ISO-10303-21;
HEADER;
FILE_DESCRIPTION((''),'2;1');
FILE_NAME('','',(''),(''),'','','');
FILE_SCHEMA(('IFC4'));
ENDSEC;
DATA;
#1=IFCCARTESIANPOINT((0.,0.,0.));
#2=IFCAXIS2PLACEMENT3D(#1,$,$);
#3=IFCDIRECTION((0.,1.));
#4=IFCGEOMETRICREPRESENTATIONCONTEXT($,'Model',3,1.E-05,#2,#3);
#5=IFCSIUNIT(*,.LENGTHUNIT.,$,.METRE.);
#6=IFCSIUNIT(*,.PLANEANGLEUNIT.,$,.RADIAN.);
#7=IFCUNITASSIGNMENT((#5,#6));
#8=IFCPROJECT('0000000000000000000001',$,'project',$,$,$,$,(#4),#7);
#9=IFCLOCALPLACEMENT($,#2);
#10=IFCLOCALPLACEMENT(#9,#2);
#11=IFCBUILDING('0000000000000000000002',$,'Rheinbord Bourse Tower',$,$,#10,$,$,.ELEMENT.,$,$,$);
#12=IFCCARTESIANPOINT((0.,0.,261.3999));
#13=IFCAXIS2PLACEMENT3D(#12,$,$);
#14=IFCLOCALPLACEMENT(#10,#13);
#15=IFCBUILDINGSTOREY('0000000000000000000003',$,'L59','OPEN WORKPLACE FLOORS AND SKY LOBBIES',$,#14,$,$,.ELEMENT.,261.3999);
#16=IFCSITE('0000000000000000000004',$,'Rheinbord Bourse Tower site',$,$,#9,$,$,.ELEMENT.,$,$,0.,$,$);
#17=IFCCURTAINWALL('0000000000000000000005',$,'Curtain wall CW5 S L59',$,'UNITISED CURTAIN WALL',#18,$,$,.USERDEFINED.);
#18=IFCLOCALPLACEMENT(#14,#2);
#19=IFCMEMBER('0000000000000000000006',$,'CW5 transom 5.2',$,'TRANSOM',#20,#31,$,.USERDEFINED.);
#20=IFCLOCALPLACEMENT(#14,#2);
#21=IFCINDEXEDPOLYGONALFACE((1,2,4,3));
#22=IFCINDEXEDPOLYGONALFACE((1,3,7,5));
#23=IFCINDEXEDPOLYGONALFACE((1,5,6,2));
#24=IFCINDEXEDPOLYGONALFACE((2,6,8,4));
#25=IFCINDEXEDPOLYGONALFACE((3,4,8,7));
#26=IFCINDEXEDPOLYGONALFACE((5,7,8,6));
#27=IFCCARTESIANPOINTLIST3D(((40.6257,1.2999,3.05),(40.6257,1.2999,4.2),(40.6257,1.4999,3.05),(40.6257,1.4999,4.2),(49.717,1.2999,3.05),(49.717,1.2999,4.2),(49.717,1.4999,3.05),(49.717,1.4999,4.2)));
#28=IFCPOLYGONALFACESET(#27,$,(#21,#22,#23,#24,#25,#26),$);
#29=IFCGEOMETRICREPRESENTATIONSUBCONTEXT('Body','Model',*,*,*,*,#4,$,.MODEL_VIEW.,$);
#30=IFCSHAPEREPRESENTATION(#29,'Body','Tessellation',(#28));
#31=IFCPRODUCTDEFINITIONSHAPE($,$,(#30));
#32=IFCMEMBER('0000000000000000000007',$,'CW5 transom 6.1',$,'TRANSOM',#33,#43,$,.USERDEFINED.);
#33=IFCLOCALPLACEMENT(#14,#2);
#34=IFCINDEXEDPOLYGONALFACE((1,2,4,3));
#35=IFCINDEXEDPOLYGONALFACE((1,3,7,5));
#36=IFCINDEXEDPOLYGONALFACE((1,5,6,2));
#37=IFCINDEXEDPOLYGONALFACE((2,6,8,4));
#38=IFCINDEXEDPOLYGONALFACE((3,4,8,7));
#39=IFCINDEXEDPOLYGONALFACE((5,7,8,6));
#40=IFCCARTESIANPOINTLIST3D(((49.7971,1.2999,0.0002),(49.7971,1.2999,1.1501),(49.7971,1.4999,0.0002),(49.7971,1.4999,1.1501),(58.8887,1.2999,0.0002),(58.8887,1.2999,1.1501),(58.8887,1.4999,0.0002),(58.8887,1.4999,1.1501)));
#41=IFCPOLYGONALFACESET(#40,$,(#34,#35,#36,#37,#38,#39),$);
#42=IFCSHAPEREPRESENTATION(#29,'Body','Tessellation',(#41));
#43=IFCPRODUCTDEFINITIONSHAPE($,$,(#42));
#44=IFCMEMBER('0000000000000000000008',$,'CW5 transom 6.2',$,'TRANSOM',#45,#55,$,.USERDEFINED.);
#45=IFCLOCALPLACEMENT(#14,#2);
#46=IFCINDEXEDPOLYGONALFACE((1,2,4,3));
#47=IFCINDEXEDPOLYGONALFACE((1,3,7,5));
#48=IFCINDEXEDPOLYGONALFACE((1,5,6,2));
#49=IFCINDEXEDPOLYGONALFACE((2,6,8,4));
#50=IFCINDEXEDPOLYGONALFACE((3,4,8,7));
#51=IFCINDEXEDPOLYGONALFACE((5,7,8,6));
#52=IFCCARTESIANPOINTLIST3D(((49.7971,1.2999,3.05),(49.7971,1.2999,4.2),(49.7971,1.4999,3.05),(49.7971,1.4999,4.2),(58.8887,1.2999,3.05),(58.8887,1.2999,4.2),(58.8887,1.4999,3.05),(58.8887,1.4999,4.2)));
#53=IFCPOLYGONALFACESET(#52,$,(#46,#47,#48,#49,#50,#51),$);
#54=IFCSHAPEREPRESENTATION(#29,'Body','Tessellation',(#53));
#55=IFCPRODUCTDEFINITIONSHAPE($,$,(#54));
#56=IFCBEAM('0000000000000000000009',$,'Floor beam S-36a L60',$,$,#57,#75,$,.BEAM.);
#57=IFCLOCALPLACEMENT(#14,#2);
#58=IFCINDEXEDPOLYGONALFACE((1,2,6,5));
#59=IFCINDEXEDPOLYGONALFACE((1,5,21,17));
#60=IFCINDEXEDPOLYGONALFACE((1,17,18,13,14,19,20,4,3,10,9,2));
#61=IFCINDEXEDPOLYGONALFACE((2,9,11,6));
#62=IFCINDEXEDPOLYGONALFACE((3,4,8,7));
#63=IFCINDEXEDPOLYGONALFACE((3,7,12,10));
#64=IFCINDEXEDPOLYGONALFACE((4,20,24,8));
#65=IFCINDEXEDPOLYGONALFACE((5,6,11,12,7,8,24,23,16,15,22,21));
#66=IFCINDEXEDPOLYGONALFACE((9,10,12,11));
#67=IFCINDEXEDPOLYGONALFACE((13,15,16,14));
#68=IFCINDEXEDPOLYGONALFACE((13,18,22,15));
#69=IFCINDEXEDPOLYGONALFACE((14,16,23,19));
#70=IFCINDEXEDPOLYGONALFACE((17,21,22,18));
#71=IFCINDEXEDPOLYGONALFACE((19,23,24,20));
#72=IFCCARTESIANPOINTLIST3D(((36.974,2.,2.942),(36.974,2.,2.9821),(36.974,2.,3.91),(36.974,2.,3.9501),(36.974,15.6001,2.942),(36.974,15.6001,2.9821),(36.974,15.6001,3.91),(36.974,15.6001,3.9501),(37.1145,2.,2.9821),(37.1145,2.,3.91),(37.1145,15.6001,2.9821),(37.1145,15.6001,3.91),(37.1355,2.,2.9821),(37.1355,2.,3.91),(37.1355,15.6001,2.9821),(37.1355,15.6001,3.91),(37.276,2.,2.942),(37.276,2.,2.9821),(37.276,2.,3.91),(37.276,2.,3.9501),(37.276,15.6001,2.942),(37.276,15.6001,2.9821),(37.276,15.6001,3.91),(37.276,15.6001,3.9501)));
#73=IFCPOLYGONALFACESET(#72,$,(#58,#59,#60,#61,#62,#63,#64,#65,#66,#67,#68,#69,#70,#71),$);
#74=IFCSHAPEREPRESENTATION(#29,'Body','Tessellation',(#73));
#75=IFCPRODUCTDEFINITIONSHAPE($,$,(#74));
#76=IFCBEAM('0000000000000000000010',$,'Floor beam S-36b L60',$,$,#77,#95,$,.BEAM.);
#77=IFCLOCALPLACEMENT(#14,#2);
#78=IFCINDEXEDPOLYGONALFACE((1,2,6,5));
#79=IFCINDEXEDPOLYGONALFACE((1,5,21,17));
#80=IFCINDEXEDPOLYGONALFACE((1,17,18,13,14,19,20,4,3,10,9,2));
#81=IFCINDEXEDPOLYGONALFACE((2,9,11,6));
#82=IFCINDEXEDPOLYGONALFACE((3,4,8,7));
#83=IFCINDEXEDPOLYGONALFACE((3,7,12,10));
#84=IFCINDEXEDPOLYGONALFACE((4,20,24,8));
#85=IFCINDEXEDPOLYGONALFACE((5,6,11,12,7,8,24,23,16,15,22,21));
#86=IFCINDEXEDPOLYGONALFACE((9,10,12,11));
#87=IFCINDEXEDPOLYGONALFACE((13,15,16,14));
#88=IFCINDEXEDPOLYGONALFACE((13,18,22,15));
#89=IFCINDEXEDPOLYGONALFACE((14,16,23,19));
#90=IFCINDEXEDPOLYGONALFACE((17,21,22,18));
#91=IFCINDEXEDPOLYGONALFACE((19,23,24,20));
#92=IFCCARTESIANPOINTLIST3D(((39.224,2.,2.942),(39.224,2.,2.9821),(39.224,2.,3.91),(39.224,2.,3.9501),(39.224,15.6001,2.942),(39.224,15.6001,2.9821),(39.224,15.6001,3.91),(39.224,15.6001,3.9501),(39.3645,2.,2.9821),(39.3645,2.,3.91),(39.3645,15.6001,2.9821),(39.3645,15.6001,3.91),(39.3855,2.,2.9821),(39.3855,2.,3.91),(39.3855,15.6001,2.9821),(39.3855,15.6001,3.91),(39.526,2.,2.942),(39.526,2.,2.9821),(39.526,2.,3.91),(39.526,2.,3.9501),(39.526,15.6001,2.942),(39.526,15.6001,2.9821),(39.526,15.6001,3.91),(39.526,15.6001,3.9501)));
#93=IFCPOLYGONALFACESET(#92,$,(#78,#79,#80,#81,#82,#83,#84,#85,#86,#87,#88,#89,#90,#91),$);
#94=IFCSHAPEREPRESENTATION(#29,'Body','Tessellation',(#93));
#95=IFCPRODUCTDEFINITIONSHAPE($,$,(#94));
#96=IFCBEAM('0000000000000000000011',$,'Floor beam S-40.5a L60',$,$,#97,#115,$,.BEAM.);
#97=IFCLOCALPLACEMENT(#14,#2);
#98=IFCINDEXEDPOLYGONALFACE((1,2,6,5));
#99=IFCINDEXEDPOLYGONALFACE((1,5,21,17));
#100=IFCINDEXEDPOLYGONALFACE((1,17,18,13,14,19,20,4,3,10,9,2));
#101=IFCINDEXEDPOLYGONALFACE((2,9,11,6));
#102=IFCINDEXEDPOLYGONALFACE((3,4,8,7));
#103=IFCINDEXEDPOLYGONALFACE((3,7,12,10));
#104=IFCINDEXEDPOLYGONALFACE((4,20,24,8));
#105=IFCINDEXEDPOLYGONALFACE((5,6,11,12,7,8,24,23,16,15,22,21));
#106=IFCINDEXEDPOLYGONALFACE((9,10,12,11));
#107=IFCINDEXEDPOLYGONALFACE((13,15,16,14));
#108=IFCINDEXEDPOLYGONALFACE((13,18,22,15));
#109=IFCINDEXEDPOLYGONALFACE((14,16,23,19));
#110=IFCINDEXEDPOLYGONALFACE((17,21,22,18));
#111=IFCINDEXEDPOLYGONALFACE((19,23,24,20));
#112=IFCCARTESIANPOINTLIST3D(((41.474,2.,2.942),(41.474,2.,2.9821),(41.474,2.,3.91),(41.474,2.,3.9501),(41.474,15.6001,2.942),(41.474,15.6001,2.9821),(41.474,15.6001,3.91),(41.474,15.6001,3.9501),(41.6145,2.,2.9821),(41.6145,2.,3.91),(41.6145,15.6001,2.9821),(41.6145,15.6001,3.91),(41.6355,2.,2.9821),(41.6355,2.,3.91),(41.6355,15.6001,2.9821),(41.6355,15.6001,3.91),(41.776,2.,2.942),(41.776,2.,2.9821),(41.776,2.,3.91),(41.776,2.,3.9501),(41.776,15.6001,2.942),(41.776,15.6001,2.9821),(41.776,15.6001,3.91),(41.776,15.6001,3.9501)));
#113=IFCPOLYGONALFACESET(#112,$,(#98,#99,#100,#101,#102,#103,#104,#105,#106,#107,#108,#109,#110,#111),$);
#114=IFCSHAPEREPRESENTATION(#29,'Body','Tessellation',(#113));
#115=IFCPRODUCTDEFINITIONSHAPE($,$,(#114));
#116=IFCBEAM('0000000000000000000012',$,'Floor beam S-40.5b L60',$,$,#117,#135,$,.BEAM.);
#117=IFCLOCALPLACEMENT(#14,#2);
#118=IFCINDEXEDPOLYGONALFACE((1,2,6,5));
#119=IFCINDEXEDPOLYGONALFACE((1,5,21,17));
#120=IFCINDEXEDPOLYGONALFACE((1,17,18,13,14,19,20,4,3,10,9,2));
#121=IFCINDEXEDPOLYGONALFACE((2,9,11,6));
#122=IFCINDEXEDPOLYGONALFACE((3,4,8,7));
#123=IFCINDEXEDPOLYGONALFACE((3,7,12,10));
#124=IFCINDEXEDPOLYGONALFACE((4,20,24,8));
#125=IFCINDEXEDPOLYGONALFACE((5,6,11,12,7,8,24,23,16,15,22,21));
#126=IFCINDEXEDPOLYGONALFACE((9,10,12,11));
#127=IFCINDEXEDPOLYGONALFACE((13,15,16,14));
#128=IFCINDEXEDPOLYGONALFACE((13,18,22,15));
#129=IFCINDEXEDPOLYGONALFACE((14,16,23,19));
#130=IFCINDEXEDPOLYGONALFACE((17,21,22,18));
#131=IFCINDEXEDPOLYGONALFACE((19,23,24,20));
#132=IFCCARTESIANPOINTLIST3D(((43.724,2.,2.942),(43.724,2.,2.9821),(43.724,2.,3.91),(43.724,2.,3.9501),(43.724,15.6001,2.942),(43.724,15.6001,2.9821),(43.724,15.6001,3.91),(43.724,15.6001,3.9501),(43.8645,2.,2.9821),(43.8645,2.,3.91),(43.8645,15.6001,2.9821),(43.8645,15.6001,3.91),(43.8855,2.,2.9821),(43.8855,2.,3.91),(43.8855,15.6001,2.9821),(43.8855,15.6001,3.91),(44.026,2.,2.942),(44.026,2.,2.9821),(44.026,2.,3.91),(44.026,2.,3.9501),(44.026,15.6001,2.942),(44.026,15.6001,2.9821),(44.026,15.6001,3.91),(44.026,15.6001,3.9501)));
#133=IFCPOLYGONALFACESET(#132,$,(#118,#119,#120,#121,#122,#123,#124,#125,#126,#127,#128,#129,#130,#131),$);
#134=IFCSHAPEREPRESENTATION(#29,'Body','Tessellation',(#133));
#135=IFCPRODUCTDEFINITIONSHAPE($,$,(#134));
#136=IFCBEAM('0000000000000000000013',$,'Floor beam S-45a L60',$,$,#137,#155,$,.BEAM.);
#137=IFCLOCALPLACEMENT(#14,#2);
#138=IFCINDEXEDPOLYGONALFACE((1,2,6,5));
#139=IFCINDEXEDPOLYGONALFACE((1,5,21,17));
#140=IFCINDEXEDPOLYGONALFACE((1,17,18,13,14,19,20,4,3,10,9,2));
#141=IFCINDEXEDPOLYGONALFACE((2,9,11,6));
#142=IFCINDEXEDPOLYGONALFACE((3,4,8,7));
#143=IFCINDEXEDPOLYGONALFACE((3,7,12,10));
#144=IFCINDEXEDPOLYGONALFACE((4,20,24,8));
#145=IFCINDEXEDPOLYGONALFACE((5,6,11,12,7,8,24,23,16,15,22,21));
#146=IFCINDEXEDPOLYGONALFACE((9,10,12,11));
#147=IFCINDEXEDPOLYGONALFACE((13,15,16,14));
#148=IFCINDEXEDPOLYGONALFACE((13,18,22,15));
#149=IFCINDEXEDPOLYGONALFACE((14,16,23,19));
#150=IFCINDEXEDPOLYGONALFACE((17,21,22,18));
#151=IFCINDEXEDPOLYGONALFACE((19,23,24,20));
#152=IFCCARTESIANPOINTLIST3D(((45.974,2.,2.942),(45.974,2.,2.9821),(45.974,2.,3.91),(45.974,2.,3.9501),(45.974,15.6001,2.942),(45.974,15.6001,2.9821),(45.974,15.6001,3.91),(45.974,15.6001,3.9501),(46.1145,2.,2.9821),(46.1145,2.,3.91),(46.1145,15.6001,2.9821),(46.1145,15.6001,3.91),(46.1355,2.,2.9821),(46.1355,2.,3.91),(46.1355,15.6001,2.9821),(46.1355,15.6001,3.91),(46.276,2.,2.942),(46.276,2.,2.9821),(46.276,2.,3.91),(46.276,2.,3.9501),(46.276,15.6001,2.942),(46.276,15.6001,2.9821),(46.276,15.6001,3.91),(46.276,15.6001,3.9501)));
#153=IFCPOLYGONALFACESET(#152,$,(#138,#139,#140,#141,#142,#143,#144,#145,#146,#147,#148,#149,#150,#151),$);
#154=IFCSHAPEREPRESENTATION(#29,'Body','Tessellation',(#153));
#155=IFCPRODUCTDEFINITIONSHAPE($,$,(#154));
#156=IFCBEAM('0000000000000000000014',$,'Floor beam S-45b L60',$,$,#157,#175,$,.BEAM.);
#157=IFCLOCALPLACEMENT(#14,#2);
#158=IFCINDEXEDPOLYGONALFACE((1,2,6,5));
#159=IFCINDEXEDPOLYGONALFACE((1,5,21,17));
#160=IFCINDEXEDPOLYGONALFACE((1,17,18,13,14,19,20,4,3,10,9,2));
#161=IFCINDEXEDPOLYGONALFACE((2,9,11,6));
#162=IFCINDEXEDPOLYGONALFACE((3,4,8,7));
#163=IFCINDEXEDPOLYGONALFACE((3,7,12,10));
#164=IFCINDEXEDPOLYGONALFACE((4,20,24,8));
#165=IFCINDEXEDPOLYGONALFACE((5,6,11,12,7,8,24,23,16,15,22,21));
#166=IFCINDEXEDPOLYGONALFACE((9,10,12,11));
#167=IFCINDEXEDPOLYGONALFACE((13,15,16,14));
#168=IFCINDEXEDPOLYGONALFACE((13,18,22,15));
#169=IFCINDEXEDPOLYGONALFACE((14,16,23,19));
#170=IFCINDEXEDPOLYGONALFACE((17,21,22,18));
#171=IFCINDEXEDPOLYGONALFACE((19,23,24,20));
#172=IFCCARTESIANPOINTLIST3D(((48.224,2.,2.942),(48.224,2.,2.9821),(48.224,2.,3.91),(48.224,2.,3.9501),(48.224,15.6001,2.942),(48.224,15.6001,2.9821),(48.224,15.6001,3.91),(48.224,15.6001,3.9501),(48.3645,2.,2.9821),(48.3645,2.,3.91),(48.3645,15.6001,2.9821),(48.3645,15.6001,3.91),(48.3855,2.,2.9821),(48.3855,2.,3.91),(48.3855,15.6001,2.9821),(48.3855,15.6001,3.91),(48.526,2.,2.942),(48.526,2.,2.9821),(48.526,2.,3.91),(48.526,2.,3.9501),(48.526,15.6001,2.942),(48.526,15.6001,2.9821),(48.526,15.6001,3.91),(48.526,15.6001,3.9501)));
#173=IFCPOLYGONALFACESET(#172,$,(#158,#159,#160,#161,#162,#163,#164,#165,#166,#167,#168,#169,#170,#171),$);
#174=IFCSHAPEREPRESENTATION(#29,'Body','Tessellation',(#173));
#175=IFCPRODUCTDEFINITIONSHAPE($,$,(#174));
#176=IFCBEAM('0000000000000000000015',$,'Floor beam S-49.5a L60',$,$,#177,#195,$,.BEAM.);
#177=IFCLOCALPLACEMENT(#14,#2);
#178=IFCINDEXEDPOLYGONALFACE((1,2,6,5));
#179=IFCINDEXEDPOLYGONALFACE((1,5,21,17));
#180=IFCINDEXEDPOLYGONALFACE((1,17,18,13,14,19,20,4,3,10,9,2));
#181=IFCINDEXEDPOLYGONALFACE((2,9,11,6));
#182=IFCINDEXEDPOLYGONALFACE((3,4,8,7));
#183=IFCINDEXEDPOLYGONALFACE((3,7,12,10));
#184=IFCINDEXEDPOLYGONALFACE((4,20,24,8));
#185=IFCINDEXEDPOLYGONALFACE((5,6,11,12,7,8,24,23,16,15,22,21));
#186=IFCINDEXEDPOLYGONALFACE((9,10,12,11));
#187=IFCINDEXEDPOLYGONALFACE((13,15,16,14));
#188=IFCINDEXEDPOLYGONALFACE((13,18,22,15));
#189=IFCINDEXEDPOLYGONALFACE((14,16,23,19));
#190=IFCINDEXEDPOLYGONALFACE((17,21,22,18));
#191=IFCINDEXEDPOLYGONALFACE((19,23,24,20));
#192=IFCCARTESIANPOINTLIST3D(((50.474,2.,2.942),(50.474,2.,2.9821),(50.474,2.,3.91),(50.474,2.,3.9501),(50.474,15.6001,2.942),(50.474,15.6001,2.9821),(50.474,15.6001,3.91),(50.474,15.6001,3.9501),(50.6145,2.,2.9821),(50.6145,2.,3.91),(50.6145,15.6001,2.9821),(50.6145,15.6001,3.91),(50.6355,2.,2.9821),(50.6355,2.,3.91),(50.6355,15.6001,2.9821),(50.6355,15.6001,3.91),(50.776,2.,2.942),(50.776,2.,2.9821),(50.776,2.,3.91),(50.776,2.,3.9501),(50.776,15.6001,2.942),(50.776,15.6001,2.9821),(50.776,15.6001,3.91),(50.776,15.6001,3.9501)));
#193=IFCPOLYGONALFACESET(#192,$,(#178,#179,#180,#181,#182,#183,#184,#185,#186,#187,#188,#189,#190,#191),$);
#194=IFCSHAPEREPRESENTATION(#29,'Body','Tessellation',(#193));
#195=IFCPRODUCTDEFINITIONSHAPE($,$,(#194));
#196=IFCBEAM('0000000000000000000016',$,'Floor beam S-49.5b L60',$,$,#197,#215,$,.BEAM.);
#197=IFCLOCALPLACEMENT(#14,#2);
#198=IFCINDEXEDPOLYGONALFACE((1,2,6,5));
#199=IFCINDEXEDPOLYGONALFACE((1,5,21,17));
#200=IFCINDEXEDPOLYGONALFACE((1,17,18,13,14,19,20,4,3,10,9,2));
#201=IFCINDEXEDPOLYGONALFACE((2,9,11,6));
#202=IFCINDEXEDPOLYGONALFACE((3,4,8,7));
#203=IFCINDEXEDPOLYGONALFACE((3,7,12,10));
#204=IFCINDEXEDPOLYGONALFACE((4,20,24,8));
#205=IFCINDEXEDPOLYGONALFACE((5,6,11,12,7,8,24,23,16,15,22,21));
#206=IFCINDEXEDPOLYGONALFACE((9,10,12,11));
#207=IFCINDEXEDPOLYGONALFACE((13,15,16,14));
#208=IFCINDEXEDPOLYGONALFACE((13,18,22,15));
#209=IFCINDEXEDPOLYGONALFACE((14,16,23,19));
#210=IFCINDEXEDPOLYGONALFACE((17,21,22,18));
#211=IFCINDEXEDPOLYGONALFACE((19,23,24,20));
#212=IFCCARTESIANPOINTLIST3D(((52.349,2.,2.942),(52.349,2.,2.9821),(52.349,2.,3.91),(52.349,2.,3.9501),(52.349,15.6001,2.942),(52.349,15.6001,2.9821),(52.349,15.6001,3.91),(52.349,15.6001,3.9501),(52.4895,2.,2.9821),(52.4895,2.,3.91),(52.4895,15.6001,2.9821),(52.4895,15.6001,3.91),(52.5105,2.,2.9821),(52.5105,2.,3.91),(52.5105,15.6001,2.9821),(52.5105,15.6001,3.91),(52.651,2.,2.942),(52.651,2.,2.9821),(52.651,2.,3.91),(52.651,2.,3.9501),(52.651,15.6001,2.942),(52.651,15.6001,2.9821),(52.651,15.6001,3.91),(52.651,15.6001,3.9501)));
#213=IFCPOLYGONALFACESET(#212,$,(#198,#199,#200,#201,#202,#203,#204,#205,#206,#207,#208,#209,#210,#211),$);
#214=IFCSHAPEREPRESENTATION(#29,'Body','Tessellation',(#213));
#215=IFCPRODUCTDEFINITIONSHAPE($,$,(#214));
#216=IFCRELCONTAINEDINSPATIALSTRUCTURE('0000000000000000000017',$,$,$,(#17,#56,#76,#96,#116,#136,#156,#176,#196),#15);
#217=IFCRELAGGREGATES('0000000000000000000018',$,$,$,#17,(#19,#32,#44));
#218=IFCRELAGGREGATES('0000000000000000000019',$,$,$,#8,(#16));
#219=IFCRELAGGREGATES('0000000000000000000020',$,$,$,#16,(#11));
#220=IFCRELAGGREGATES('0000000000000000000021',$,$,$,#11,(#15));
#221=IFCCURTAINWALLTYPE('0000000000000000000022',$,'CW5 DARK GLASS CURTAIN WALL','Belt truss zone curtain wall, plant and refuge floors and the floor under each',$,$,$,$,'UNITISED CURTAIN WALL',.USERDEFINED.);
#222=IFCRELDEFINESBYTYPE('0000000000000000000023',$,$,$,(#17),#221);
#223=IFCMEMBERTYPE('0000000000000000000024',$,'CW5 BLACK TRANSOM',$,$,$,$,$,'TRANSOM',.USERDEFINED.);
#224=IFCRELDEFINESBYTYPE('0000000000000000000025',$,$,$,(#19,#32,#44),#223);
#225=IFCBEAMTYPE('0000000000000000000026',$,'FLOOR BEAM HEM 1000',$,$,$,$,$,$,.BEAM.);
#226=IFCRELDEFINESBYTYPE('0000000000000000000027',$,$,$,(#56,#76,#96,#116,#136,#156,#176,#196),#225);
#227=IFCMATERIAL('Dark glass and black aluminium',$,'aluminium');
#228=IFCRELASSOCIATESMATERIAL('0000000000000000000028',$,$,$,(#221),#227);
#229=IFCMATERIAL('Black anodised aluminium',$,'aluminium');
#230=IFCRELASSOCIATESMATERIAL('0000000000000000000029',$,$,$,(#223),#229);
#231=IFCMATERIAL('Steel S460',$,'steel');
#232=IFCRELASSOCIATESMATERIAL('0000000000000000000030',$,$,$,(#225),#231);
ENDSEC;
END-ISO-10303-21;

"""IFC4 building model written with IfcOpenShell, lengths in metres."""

from ifc_helpers import new_model, si_unit, direction, frame, origin, origin_2d, place, context, subcontext, project, spatial, rectangle, i_section, extrude, material, material_profile, profile_set, type_object, element, aggregate, save


model = new_model("IFC4")

# Units and contexts
model_context = context("Model", 3, precision=1e-05, world=origin(), true_north=direction((0.0, 1.0)))
body_context = subcontext(model_context, "Body", "Model", "MODEL_VIEW")
ifc_project = project(units=[si_unit("LENGTHUNIT", "METRE"), si_unit("PLANEANGLEUNIT", "RADIAN")], contexts=[model_context])

# Site, building, storey
site_placement = place(None, origin())
site = spatial("IfcSite", under=ifc_project, at=site_placement, Name="Rheinbord Bourse Tower site", CompositionType="ELEMENT", RefElevation=0.0)
building_placement = place(site_placement, origin())
building = spatial("IfcBuilding", under=site, at=building_placement, Name="Rheinbord Bourse Tower", CompositionType="ELEMENT")
storey_placement = place(building_placement, frame((0.0, 0.0, 261.3999)))
storey = spatial("IfcBuildingStorey", under=building, at=storey_placement, Name="L59", Description="OPEN WORKPLACE FLOORS AND SKY LOBBIES", CompositionType="ELEMENT", Elevation=261.3999)

# Curtain wall, members
ifc_material_1 = material(Name="Dark glass and black aluminium", Category="aluminium")
curtain_wall_type = type_object("IfcCurtainWallType", Name="CW5 DARK GLASS CURTAIN WALL", Description="Belt truss zone curtain wall, plant and refuge floors and the floor under each", ElementType="UNITISED CURTAIN WALL", PredefinedType="USERDEFINED", material=ifc_material_1)
curtain_wall_placement = place(storey_placement, origin())
curtain_wall = element("IfcCurtainWall", 1, at=curtain_wall_placement, inside=storey, type_object=curtain_wall_type, Name="Curtain wall CW5 S L59", ObjectType="UNITISED CURTAIN WALL", PredefinedType="USERDEFINED")
ifc_material_2 = material(Name="Black anodised aluminium", Category="aluminium")
ifc_material_profile_1 = material_profile(ifc_material_2, rectangle(XDim=0.2, YDim=1.1499, at=origin_2d()), Name="CW5 TRANSOM 1150x200")
ifc_profile_set_1 = profile_set([ifc_material_profile_1], Name="Black anodised aluminium")
member_type_1 = type_object("IfcMemberType", Name="CW5 BLACK TRANSOM", ElementType="TRANSOM", PredefinedType="USERDEFINED", material=ifc_profile_set_1)
member_1_placement = place(storey_placement, frame((40.6257, 1.3999, 3.625), z_axis=(1.0, 0.0, 0.0), x_axis=(0.0, 1.0, 0.0)))
member_1 = element("IfcMember", 2, at=member_1_placement, type_object=member_type_1, Name="CW5 transom 5.2", ObjectType="TRANSOM", PredefinedType="USERDEFINED", context=body_context, shape_type="SweptSolid", body=[
    extrude(rectangle(XDim=0.2, YDim=1.1499, at=origin_2d()), origin(), (0.0, 0.0, 1.0), 9.0913),
])
member_2_placement = place(storey_placement, frame((49.7971, 1.3999, 0.5752), z_axis=(1.0, 0.0, 0.0), x_axis=(0.0, 1.0, 0.0)))
member_2 = element("IfcMember", 3, at=member_2_placement, type_object=member_type_1, Name="CW5 transom 6.1", ObjectType="TRANSOM", PredefinedType="USERDEFINED", context=body_context, shape_type="SweptSolid", body=[
    extrude(rectangle(XDim=0.2, YDim=1.1499, at=origin_2d()), origin(), (0.0, 0.0, 1.0), 9.0916),
])
member_3_placement = place(storey_placement, frame((49.7971, 1.3999, 3.625), z_axis=(1.0, 0.0, 0.0), x_axis=(0.0, 1.0, 0.0)))
member_3 = element("IfcMember", 4, at=member_3_placement, type_object=member_type_1, Name="CW5 transom 6.2", ObjectType="TRANSOM", PredefinedType="USERDEFINED", context=body_context, shape_type="SweptSolid", body=[
    extrude(rectangle(XDim=0.2, YDim=1.1499, at=origin_2d()), origin(), (0.0, 0.0, 1.0), 9.0916),
])

# Beams
ifc_material_3 = material(Name="Steel S460", Category="steel")
ifc_material_profile_2 = material_profile(ifc_material_3, i_section(OverallWidth=0.302, OverallDepth=1.0081, WebThickness=0.021, FlangeThickness=0.04, at=origin_2d()), Name="HEM 1000")
ifc_profile_set_2 = profile_set([ifc_material_profile_2], Name="Steel S460")
beam_type_1 = type_object("IfcBeamType", Name="FLOOR BEAM HEM 1000", PredefinedType="BEAM", material=ifc_profile_set_2)
for number, where, z_axis, x_axis, name in (
    (5, (37.125, 2.0, 3.446), (0.0, 1.0, 0.0), (-1.0, 0.0, 0.0), "Floor beam S-36a L60"),
    (6, (39.375, 2.0, 3.446), (0.0, 1.0, 0.0), (-1.0, 0.0, 0.0), "Floor beam S-36b L60"),
    (7, (41.625, 2.0, 3.446), (0.0, 1.0, 0.0), (-1.0, 0.0, 0.0), "Floor beam S-40.5a L60"),
    (8, (43.875, 2.0, 3.446), (0.0, 1.0, 0.0), (-1.0, 0.0, 0.0), "Floor beam S-40.5b L60"),
    (9, (46.125, 2.0, 3.446), (0.0, 1.0, 0.0), (-1.0, 0.0, 0.0), "Floor beam S-45a L60"),
    (10, (48.375, 2.0, 3.446), (0.0, 1.0, 0.0), (-1.0, 0.0, 0.0), "Floor beam S-45b L60"),
    (11, (50.625, 2.0, 3.446), (0.0, 1.0, 0.0), (-1.0, 0.0, 0.0), "Floor beam S-49.5a L60"),
    (12, (52.5, 2.0, 3.446), (0.0, 1.0, 0.0), (-1.0, 0.0, 0.0), "Floor beam S-49.5b L60"),
):
    element("IfcBeam", number, at=place(storey_placement, frame(where, z_axis=z_axis, x_axis=x_axis)), inside=storey, type_object=beam_type_1, Name=name, PredefinedType="BEAM", context=body_context, shape_type="SweptSolid", body=[
        extrude(i_section(OverallWidth=0.302, OverallDepth=1.0081, WebThickness=0.021, FlangeThickness=0.04, at=origin_2d()), origin(), (0.0, 0.0, 1.0), 13.6001),
    ])

aggregate(curtain_wall, [member_1, member_2, member_3])

save(model, "model.ifc")
